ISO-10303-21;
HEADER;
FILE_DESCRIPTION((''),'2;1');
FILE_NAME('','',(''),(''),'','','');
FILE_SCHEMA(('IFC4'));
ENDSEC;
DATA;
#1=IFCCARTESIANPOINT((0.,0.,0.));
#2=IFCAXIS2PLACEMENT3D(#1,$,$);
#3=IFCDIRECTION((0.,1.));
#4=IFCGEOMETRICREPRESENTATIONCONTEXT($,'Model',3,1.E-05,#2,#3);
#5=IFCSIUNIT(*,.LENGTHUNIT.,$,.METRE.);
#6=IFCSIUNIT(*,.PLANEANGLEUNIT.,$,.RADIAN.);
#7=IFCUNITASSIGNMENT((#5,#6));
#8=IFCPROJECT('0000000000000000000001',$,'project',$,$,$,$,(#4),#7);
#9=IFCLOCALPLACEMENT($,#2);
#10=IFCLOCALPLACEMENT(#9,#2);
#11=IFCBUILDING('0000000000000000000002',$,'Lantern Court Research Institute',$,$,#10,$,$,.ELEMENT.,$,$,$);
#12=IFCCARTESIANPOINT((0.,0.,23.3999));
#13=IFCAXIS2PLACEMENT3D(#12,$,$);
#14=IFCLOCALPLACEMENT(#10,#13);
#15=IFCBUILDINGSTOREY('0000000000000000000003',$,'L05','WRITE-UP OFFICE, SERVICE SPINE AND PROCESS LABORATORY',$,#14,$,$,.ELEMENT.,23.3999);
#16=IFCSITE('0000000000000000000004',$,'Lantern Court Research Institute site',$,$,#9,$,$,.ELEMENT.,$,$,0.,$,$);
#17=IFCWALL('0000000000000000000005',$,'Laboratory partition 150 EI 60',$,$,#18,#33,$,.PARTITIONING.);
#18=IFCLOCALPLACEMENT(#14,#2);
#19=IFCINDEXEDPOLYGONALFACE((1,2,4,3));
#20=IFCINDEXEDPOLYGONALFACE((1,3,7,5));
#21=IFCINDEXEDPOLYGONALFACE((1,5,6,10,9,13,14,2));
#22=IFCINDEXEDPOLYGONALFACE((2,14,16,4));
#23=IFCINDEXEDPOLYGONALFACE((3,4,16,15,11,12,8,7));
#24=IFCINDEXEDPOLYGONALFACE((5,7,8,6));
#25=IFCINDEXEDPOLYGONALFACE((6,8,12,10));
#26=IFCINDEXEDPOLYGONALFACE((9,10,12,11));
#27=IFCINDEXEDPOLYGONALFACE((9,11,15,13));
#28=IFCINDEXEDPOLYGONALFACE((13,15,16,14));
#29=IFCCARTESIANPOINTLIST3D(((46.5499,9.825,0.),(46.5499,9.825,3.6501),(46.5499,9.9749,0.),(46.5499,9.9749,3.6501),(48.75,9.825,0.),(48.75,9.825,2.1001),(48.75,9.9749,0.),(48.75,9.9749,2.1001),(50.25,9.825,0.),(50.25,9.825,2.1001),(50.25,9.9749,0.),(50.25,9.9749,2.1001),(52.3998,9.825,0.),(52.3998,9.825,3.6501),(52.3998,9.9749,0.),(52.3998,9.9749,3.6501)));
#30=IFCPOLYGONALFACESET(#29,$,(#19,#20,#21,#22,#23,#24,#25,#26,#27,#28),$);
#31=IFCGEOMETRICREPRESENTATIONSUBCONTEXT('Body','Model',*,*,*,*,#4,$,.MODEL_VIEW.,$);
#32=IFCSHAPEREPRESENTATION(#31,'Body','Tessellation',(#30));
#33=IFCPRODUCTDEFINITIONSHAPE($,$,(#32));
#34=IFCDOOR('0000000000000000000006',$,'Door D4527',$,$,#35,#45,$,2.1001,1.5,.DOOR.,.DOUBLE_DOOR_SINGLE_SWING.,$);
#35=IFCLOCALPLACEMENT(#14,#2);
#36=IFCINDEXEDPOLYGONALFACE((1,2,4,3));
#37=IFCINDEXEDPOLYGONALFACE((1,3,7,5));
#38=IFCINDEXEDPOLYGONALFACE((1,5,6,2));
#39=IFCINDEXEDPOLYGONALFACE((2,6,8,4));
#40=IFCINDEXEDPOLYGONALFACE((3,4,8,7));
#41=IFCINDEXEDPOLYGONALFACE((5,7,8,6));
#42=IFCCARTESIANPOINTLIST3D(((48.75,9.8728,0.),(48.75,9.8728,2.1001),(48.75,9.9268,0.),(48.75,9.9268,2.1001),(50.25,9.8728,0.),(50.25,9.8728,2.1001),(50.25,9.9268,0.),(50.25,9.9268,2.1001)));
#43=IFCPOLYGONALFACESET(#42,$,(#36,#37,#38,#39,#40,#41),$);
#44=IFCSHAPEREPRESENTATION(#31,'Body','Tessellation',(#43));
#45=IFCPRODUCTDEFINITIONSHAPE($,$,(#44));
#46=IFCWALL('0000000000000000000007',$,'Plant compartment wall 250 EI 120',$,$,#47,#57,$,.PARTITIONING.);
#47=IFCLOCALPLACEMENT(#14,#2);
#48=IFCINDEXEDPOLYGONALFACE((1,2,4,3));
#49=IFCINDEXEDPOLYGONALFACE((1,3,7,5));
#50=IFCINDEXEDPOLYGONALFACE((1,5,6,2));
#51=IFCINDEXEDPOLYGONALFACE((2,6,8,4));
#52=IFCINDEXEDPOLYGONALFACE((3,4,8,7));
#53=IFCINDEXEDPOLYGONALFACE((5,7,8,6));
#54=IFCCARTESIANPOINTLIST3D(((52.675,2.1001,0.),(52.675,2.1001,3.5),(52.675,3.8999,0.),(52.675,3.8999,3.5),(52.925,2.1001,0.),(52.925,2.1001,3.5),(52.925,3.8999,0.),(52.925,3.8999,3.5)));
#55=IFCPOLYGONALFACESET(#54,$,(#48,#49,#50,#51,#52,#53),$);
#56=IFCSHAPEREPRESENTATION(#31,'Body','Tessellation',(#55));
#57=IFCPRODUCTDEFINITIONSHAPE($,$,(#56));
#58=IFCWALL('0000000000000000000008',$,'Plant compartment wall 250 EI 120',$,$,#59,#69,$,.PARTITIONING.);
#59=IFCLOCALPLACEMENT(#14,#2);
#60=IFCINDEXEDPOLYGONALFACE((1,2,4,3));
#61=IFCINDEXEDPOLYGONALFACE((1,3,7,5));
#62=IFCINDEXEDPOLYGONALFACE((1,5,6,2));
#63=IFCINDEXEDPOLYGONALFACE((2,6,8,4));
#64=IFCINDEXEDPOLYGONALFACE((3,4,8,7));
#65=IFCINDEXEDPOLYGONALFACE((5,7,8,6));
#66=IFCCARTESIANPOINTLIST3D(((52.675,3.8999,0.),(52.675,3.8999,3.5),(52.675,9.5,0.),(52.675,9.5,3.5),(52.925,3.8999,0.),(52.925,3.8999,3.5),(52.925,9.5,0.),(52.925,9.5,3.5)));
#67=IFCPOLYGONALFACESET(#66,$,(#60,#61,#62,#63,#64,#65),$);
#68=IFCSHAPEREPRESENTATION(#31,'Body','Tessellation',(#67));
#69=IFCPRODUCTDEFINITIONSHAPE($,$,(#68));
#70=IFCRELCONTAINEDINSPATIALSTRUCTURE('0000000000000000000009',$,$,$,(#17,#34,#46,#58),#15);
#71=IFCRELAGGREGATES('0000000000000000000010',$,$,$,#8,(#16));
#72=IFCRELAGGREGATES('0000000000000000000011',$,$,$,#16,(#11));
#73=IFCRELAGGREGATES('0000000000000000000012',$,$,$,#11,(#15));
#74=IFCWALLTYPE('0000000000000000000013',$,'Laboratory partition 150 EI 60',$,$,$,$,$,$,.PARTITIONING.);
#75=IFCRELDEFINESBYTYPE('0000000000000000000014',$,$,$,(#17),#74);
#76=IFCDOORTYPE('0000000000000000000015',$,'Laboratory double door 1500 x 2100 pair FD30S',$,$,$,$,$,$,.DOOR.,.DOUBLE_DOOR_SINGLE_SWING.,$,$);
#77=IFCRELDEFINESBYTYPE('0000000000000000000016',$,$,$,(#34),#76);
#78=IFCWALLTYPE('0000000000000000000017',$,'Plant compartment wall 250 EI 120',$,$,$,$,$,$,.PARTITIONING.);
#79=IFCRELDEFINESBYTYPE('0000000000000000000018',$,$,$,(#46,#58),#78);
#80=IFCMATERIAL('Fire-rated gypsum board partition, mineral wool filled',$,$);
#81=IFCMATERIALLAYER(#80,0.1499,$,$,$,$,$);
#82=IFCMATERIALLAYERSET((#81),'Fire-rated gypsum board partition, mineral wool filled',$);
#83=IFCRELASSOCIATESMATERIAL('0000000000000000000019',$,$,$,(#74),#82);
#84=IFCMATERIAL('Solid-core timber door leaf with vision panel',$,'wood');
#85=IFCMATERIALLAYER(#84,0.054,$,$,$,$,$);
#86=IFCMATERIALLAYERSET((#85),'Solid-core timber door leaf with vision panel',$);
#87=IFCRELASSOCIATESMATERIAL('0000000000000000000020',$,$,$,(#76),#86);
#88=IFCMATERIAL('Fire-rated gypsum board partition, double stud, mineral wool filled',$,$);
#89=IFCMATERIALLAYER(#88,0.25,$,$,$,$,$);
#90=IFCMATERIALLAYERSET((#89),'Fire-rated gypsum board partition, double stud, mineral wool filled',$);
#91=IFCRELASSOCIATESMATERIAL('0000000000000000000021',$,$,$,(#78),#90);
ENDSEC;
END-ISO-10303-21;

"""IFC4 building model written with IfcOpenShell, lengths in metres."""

from ifc_helpers import new_model, si_unit, direction, frame, frame_2d, origin, place, context, subcontext, project, spatial, rectangle, extrude, material, layer, layer_set, type_object, element, fill, save


model = new_model("IFC4")

# Units and contexts
model_context = context("Model", 3, precision=1e-05, world=origin(), true_north=direction((0.0, 1.0)))
body_context = subcontext(model_context, "Body", "Model", "MODEL_VIEW")
ifc_project = project(units=[si_unit("LENGTHUNIT", "METRE"), si_unit("PLANEANGLEUNIT", "RADIAN")], contexts=[model_context])

# Site, building, storey
site_placement = place(None, origin())
site = spatial("IfcSite", under=ifc_project, at=site_placement, Name="Lantern Court Research Institute site", CompositionType="ELEMENT", RefElevation=0.0)
building_placement = place(site_placement, origin())
building = spatial("IfcBuilding", under=site, at=building_placement, Name="Lantern Court Research Institute", CompositionType="ELEMENT")
storey_placement = place(building_placement, frame((0.0, 0.0, 23.3999)))
storey = spatial("IfcBuildingStorey", under=building, at=storey_placement, Name="L05", Description="WRITE-UP OFFICE, SERVICE SPINE AND PROCESS LABORATORY", CompositionType="ELEMENT", Elevation=23.3999)

# Wall, opening, door
ifc_material_1 = material(Name="Fire-rated gypsum board partition, mineral wool filled")
ifc_layer_1 = layer(ifc_material_1, 0.1499)
ifc_layer_set_1 = layer_set([ifc_layer_1], Name="Fire-rated gypsum board partition, mineral wool filled")
wall_type_1 = type_object("IfcWallType", Name="Laboratory partition 150 EI 60", PredefinedType="PARTITIONING", material=ifc_layer_set_1)
wall_1_placement = place(storey_placement, frame((46.55, 9.8999, 0.0), z_axis=(0.0, 0.0, 1.0), x_axis=(1.0, 0.0, 0.0)))
wall_1 = element("IfcWall", 1, at=wall_1_placement, inside=storey, type_object=wall_type_1, Name="Laboratory partition 150 EI 60", PredefinedType="PARTITIONING", context=body_context, shape_type="SweptSolid", body=[
    extrude(rectangle(XDim=5.8499, YDim=0.1499, at=frame_2d((2.9248, 0.0))), origin(), (0.0, 0.0, 1.0), 3.6501),
])
opening_1_placement = place(wall_1_placement, frame((2.2, 0.0, 0.0)))
opening_1 = element("IfcOpeningElement", 2, at=opening_1_placement, cuts=wall_1, PredefinedType="OPENING", context=body_context, shape_type="SweptSolid", body=[
    extrude(rectangle(XDim=1.5, YDim=2.1001, at=frame_2d((0.75, 1.05))), frame((0.0, 0.085, 0.0), z_axis=(0.0, -1.0, 0.0), x_axis=(1.0, 0.0, 0.0)), (0.0, 0.0, 1.0), 0.1699),
])
ifc_material_2 = material(Name="Solid-core timber door leaf with vision panel", Category="wood")
ifc_layer_2 = layer(ifc_material_2, 0.054)
ifc_layer_set_2 = layer_set([ifc_layer_2], Name="Solid-core timber door leaf with vision panel")
door_type_1 = type_object("IfcDoorType", Name="Laboratory double door 1500 x 2100 pair FD30S", OperationType="DOUBLE_DOOR_SINGLE_SWING", PredefinedType="DOOR", material=ifc_layer_set_2)
door_1_placement = place(opening_1_placement, origin())
door_1 = element("IfcDoor", 3, at=door_1_placement, inside=storey, type_object=door_type_1, Name="Door D4527", OperationType="DOUBLE_DOOR_SINGLE_SWING", OverallHeight=2.1001, OverallWidth=1.5, PredefinedType="DOOR", context=body_context, shape_type="SweptSolid", body=[
    extrude(rectangle(XDim=1.5, YDim=2.1001, at=frame_2d((0.75, 1.05))), frame((0.0, 0.0269, 0.0), z_axis=(0.0, -1.0, 0.0), x_axis=(1.0, 0.0, 0.0)), (0.0, 0.0, 1.0), 0.054),
])
fill(opening_1, door_1)

# Walls
ifc_material_3 = material(Name="Fire-rated gypsum board partition, double stud, mineral wool filled")
ifc_layer_3 = layer(ifc_material_3, 0.25)
ifc_layer_set_3 = layer_set([ifc_layer_3], Name="Fire-rated gypsum board partition, double stud, mineral wool filled")
wall_type_2 = type_object("IfcWallType", Name="Plant compartment wall 250 EI 120", PredefinedType="PARTITIONING", material=ifc_layer_set_3)
wall_2_placement = place(storey_placement, frame((52.8, 2.1001, 0.0), z_axis=(0.0, 0.0, 1.0), x_axis=(0.0, 1.0, 0.0)))
element("IfcWall", 4, at=wall_2_placement, inside=storey, type_object=wall_type_2, Name="Plant compartment wall 250 EI 120", PredefinedType="PARTITIONING", context=body_context, shape_type="SweptSolid", body=[
    extrude(rectangle(XDim=1.7998, YDim=0.25, at=frame_2d((0.8999, 0.0))), origin(), (0.0, 0.0, 1.0), 3.5),
])
wall_3_placement = place(storey_placement, frame((52.8, 3.8999, 0.0), z_axis=(0.0, 0.0, 1.0), x_axis=(0.0, 1.0, 0.0)))
element("IfcWall", 5, at=wall_3_placement, inside=storey, type_object=wall_type_2, Name="Plant compartment wall 250 EI 120", PredefinedType="PARTITIONING", context=body_context, shape_type="SweptSolid", body=[
    extrude(rectangle(XDim=5.6001, YDim=0.25, at=frame_2d((2.8, 0.0))), origin(), (0.0, 0.0, 1.0), 3.5),
])

save(model, "model.ifc")
